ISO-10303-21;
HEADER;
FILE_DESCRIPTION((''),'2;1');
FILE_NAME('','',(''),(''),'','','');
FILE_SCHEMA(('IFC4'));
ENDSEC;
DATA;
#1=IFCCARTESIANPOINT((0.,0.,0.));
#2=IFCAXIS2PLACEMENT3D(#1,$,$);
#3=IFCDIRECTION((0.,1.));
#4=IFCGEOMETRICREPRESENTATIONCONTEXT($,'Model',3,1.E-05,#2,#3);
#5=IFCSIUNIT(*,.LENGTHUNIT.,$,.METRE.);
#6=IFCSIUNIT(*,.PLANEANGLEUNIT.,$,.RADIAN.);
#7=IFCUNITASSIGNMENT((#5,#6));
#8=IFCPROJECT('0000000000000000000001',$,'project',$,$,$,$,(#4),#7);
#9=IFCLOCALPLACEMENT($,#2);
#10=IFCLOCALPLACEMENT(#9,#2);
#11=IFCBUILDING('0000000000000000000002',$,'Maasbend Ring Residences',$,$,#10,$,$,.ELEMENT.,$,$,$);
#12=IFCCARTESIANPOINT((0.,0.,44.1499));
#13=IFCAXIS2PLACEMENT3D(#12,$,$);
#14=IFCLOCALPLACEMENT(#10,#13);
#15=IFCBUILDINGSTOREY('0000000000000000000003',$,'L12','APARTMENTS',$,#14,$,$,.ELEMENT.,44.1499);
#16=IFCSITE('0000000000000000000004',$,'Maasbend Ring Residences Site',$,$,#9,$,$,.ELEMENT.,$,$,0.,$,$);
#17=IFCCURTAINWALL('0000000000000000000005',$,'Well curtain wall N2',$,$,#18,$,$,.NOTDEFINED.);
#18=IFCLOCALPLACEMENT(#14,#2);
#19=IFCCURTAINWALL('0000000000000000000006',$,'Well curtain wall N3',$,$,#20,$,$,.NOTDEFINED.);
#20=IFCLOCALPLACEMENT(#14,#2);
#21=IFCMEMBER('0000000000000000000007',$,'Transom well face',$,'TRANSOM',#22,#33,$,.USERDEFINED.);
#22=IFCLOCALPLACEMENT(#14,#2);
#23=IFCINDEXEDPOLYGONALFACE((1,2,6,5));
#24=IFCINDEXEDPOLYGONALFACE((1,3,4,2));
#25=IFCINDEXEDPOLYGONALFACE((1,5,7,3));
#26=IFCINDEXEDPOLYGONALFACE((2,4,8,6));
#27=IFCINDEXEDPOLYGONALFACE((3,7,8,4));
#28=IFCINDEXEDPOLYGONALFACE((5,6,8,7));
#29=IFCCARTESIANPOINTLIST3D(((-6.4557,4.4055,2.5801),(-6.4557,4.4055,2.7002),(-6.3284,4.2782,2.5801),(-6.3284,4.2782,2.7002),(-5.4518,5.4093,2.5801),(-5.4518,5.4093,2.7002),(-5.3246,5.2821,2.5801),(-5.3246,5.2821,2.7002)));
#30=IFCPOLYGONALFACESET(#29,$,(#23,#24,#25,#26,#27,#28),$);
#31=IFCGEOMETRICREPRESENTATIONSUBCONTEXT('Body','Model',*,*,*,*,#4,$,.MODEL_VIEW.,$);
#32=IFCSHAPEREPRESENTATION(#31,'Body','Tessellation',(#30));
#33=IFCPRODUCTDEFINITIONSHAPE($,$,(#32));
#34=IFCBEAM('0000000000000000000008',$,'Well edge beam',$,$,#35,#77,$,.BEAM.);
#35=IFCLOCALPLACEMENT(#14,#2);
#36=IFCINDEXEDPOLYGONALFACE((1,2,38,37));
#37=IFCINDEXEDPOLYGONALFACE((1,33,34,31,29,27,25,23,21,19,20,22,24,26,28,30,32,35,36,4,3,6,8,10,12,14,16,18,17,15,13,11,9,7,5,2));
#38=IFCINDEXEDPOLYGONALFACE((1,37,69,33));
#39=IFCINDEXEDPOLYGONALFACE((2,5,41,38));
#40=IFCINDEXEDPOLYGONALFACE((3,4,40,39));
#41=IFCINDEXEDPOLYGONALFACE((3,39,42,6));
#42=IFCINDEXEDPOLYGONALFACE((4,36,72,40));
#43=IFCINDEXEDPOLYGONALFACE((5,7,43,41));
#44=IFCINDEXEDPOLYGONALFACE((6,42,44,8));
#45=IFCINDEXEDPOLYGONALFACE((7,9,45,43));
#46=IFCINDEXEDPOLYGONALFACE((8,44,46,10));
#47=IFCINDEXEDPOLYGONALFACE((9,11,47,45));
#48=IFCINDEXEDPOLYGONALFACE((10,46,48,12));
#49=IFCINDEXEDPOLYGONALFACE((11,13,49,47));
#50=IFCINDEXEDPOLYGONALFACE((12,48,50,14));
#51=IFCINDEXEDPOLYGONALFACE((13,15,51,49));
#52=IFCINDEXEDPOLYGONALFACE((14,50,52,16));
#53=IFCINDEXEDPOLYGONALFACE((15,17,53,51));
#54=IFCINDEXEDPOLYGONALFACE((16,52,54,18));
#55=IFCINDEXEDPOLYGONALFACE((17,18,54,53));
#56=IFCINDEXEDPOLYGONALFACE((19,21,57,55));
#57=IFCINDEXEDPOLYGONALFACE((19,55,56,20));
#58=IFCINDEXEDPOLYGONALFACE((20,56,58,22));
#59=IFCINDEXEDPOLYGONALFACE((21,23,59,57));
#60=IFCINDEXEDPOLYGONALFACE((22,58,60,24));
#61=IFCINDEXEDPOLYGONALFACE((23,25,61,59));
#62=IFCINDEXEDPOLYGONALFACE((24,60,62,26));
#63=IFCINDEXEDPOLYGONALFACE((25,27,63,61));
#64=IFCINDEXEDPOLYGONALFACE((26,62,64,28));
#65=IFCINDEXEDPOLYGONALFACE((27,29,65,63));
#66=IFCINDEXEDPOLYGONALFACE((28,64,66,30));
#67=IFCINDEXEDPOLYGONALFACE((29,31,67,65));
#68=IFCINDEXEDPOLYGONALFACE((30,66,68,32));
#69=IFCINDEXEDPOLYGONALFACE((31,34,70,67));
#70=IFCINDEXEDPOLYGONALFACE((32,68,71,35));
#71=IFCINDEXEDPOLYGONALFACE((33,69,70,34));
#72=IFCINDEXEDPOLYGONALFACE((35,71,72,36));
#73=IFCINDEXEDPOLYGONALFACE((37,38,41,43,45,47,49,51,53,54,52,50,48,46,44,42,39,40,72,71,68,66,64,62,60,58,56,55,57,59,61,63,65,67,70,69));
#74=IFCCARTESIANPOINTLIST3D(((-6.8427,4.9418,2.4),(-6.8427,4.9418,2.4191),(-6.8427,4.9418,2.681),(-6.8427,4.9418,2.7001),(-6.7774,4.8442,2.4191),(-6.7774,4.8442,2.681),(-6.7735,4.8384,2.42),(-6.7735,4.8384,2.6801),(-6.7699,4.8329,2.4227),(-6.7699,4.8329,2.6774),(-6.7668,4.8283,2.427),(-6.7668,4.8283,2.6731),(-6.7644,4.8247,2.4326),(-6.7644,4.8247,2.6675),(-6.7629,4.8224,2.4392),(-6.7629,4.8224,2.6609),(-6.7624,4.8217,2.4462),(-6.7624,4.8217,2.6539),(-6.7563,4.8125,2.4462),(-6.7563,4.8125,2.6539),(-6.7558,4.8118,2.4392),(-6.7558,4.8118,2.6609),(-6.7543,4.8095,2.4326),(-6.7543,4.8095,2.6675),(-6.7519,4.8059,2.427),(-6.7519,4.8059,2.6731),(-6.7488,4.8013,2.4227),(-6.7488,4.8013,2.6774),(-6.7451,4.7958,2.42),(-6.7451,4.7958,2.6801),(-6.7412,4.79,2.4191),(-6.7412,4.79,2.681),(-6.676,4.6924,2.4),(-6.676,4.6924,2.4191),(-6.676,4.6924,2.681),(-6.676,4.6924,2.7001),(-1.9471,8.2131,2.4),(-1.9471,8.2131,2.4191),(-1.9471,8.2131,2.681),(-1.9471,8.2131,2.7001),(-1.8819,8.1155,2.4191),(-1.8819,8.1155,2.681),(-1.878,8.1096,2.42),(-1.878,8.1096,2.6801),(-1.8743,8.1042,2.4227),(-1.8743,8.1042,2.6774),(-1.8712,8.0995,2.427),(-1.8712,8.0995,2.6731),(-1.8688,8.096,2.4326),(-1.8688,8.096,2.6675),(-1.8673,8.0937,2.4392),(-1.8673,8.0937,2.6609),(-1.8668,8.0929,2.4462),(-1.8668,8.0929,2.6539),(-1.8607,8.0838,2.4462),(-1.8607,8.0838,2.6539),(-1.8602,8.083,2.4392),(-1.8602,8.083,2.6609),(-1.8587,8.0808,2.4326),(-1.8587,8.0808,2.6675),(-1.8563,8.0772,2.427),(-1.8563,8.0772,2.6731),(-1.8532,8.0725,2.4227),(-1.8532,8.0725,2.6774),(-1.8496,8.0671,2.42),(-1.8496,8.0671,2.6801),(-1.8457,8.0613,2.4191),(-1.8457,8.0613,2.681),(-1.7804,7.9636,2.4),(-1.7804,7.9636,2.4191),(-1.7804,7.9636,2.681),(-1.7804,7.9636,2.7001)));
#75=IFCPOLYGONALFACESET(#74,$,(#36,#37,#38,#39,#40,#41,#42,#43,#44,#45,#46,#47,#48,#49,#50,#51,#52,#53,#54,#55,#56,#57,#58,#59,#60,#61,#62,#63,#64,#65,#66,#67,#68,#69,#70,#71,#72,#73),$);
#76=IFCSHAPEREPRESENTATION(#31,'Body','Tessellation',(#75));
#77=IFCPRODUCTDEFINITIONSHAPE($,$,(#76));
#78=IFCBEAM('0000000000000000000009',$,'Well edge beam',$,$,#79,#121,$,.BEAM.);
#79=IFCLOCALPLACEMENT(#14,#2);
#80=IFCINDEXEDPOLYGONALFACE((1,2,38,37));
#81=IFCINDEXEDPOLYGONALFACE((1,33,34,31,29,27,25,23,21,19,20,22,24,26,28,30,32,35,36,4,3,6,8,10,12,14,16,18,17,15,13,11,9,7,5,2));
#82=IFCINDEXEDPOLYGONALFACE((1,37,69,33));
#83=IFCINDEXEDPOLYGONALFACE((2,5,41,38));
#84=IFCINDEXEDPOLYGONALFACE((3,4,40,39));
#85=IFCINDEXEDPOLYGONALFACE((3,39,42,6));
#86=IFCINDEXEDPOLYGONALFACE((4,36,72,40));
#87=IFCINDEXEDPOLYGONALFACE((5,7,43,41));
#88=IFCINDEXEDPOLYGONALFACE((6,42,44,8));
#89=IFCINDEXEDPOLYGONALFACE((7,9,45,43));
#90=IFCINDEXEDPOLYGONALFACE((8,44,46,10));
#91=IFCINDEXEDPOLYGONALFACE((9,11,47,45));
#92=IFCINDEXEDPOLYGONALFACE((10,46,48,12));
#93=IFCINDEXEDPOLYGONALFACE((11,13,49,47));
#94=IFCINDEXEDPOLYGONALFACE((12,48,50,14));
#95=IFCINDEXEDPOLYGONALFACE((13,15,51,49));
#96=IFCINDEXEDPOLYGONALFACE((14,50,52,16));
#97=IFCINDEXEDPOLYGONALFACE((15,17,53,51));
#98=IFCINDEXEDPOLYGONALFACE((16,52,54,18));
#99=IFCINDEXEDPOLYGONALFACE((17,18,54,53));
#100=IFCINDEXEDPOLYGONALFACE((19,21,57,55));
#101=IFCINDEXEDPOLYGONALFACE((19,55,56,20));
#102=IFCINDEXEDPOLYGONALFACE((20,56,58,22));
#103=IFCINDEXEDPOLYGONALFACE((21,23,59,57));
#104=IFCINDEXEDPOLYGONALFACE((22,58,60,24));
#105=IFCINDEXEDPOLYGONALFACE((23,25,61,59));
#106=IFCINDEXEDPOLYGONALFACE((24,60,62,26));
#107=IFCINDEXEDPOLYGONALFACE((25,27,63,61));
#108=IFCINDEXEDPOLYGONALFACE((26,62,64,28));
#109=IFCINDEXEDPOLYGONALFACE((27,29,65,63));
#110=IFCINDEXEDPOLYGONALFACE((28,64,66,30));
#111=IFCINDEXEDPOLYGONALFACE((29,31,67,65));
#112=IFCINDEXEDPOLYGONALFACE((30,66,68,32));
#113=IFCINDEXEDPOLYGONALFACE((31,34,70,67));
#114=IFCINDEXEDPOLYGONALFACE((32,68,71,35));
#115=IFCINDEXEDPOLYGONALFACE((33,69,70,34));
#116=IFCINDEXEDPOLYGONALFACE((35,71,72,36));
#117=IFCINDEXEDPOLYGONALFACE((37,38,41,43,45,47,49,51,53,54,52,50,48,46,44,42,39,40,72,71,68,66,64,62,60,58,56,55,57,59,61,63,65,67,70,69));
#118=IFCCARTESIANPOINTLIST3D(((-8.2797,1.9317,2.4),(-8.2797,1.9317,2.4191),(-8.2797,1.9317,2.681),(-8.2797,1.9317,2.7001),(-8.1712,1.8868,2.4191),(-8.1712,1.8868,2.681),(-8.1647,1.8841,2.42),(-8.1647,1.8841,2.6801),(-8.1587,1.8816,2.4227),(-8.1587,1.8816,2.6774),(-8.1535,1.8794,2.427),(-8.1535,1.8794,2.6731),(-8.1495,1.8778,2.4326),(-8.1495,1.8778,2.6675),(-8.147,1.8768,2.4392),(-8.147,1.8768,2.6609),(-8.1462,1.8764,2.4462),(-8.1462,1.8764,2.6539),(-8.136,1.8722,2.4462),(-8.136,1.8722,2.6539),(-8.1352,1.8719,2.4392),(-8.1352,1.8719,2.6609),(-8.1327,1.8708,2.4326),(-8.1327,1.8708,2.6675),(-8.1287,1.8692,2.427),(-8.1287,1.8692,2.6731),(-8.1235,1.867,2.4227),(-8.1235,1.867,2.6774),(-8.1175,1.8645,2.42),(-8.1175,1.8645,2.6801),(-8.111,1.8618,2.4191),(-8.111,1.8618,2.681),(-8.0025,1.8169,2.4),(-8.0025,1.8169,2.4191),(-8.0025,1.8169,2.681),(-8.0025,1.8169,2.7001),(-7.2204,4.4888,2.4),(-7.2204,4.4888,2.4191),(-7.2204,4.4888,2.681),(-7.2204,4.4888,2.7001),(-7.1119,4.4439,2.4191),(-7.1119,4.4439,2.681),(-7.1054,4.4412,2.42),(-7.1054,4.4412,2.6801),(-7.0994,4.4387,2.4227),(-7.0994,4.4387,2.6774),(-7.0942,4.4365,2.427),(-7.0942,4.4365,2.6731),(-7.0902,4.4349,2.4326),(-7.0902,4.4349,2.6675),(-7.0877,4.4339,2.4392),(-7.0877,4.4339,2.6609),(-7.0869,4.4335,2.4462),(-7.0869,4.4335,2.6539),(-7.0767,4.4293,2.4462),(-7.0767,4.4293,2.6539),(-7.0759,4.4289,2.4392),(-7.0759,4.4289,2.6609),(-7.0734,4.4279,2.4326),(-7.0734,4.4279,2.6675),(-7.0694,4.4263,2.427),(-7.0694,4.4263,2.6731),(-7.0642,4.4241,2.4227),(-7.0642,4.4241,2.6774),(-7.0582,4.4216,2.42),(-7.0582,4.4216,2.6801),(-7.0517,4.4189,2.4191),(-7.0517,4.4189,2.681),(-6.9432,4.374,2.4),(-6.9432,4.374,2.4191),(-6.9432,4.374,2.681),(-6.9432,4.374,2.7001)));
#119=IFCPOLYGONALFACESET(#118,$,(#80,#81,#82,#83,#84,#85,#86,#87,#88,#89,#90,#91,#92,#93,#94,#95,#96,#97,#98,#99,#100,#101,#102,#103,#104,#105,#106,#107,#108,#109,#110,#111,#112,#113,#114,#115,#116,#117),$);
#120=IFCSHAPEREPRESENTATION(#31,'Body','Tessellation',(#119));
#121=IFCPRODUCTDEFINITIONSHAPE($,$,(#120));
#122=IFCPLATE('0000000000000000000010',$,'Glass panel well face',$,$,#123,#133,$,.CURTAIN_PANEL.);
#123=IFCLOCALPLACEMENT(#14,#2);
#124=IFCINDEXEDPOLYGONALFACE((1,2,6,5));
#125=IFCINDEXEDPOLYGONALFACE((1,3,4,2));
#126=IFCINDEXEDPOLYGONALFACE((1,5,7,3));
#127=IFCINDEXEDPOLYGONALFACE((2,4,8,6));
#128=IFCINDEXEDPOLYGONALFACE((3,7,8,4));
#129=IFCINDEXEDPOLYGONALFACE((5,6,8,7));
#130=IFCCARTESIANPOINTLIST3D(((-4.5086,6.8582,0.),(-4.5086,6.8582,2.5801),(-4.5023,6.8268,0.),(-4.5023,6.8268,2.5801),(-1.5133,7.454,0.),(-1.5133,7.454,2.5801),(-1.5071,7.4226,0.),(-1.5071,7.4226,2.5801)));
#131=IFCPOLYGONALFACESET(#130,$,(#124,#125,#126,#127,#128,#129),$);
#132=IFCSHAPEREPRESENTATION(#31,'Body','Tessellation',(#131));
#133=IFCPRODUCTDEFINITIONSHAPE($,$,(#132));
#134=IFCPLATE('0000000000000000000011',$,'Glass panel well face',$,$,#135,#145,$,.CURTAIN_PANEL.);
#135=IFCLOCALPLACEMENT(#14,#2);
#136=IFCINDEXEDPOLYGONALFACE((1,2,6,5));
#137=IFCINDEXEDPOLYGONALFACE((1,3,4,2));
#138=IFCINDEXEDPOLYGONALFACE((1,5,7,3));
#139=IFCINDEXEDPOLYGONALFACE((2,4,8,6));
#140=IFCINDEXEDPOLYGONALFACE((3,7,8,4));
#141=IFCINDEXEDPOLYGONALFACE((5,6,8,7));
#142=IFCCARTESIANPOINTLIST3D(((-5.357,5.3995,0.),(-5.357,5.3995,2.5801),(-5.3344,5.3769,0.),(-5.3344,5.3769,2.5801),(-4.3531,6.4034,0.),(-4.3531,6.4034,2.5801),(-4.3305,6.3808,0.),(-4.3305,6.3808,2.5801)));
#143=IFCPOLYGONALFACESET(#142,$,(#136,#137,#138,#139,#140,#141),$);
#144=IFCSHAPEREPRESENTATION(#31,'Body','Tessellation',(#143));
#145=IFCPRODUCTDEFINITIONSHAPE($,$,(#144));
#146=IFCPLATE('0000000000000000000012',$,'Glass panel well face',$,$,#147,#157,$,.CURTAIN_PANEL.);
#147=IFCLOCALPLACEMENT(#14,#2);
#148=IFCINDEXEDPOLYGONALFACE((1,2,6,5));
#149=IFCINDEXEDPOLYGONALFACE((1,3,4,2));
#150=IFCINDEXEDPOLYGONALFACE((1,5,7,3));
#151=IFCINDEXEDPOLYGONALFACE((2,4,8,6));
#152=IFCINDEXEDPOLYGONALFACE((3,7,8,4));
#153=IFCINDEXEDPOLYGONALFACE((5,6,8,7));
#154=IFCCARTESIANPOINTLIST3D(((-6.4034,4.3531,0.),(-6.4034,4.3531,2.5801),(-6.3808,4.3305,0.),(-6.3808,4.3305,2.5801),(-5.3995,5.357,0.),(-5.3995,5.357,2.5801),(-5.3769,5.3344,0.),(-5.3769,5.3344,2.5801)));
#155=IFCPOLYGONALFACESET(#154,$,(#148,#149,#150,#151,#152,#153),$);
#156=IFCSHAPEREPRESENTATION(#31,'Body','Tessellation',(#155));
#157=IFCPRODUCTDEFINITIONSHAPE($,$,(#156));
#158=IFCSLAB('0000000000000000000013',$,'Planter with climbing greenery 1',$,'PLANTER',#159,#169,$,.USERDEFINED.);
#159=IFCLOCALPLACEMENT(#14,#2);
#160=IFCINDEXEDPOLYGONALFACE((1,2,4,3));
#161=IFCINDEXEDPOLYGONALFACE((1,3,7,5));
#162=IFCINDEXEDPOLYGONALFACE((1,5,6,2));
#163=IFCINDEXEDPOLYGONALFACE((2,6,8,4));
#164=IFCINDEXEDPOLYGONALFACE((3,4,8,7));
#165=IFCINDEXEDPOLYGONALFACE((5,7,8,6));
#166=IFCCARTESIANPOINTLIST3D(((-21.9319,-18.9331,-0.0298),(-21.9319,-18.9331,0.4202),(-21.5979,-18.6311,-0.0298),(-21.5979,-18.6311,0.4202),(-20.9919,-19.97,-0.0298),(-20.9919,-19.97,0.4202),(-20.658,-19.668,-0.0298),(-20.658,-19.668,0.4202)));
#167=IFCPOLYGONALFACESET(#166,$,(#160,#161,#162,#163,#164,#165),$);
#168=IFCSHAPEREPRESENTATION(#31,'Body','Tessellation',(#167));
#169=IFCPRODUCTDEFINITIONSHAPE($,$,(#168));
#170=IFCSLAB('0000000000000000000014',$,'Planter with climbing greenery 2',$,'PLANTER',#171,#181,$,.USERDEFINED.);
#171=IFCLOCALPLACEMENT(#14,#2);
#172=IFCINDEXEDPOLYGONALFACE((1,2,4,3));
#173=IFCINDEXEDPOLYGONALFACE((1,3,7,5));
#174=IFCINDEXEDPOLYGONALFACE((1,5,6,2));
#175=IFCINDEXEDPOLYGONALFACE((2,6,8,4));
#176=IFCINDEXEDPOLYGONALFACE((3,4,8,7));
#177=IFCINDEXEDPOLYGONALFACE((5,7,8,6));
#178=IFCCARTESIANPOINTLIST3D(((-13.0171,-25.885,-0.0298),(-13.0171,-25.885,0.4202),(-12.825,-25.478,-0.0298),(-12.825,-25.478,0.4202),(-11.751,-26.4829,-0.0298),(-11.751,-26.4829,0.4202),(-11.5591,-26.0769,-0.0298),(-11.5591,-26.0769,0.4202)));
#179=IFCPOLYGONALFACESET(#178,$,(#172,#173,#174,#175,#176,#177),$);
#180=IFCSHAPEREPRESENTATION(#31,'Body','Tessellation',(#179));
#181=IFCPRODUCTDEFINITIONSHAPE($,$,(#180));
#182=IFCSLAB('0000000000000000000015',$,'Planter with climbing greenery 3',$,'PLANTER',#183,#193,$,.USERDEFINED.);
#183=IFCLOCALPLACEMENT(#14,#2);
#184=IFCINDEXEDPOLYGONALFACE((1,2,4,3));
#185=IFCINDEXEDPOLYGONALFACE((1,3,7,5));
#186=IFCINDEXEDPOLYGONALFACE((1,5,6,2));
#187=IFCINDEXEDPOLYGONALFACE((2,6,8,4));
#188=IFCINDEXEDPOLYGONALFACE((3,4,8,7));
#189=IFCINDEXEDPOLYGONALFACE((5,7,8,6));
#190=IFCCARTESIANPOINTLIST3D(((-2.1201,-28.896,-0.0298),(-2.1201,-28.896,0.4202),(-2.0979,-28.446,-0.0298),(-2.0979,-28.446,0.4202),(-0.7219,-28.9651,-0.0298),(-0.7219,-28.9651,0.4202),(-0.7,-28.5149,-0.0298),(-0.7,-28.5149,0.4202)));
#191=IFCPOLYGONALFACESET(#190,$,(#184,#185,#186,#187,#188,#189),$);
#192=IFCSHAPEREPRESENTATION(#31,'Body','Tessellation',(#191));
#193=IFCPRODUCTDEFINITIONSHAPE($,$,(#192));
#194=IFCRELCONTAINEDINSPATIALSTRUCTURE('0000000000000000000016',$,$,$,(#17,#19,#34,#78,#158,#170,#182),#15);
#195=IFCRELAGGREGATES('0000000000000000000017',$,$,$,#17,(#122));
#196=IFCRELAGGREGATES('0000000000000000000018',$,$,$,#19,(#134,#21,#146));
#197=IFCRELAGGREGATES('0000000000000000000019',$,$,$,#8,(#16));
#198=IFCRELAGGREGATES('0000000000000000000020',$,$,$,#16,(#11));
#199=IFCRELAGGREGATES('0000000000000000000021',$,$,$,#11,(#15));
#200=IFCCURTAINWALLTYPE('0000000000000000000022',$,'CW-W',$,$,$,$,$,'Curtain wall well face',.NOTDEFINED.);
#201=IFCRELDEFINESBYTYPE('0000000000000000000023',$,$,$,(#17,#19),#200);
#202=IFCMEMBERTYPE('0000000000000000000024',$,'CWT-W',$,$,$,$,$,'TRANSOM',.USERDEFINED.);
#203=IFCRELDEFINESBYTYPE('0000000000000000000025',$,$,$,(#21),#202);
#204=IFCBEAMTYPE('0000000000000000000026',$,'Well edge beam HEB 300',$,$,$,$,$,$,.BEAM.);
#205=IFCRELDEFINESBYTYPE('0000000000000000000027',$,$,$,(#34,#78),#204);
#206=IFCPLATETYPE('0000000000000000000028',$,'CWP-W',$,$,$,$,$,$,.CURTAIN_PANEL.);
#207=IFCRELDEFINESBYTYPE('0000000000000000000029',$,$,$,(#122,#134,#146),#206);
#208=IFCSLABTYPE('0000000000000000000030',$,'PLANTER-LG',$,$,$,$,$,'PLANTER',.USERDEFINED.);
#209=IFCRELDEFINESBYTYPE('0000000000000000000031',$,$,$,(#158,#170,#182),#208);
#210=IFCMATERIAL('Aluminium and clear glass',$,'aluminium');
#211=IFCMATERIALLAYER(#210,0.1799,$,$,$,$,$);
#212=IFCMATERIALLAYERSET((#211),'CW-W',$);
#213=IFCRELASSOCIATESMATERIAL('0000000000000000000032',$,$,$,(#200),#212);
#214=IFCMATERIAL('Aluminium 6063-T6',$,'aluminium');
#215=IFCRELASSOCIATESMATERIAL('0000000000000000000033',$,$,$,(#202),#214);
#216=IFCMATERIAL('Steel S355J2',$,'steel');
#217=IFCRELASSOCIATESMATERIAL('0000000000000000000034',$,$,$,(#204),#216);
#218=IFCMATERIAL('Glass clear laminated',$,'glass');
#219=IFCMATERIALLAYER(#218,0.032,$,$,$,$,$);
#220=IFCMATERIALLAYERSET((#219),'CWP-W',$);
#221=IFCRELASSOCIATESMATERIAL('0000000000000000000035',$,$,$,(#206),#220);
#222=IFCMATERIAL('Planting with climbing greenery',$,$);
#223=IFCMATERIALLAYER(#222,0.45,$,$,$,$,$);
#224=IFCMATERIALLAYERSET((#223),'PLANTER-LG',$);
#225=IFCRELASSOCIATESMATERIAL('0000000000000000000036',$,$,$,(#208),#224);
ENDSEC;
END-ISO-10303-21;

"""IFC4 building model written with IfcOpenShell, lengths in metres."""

from ifc_helpers import new_model, si_unit, direction, frame, origin, origin_2d, place, context, subcontext, project, spatial, polyline, rectangle, i_section, outline, extrude, material, layer, layer_set, material_profile, profile_set, type_object, element, aggregate, save


model = new_model("IFC4")

# Units and contexts
model_context = context("Model", 3, precision=1e-05, world=origin(), true_north=direction((0.0, 1.0)))
body_context = subcontext(model_context, "Body", "Model", "MODEL_VIEW")
ifc_project = project(units=[si_unit("LENGTHUNIT", "METRE"), si_unit("PLANEANGLEUNIT", "RADIAN")], contexts=[model_context])

# Site, building, storey
site_placement = place(None, origin())
site = spatial("IfcSite", under=ifc_project, at=site_placement, Name="Maasbend Ring Residences Site", CompositionType="ELEMENT", RefElevation=0.0)
building_placement = place(site_placement, origin())
building = spatial("IfcBuilding", under=site, at=building_placement, Name="Maasbend Ring Residences", CompositionType="ELEMENT")
storey_placement = place(building_placement, frame((0.0, 0.0, 44.1499)))
storey = spatial("IfcBuildingStorey", under=building, at=storey_placement, Name="L12", Description="APARTMENTS", CompositionType="ELEMENT", Elevation=44.1499)

# Curtain walls
ifc_material_1 = material(Name="Aluminium and clear glass", Category="aluminium")
ifc_layer_1 = layer(ifc_material_1, 0.1799)
ifc_layer_set_1 = layer_set([ifc_layer_1], Name="CW-W")
curtain_wall_type = type_object("IfcCurtainWallType", Name="CW-W", ElementType="Curtain wall well face", PredefinedType="NOTDEFINED", material=ifc_layer_set_1)
curtain_wall_1_placement = place(storey_placement, origin())
curtain_wall_1 = element("IfcCurtainWall", 1, at=curtain_wall_1_placement, inside=storey, type_object=curtain_wall_type, Name="Well curtain wall N2", PredefinedType="NOTDEFINED")
curtain_wall_2_placement = place(storey_placement, origin())
curtain_wall_2 = element("IfcCurtainWall", 2, at=curtain_wall_2_placement, inside=storey, type_object=curtain_wall_type, Name="Well curtain wall N3", PredefinedType="NOTDEFINED")

# Member
ifc_material_2 = material(Name="Aluminium 6063-T6", Category="aluminium")
ifc_material_profile_1 = material_profile(ifc_material_2, rectangle(XDim=0.1799, YDim=0.1201, at=origin_2d()), Name="AL 180x120")
ifc_profile_set_1 = profile_set([ifc_material_profile_1], Name="Aluminium 6063-T6")
member_type_1 = type_object("IfcMemberType", Name="CWT-W", ElementType="TRANSOM", PredefinedType="USERDEFINED", material=ifc_profile_set_1)
member_1_placement = place(storey_placement, frame((-5.3882, 5.3457, 2.6401), z_axis=(-0.707107, -0.707107, 0.0), x_axis=(0.707107, -0.707107, 0.0)))
member_1 = element("IfcMember", 3, at=member_1_placement, type_object=member_type_1, Name="Transom well face", ObjectType="TRANSOM", PredefinedType="USERDEFINED", context=body_context, shape_type="SweptSolid", body=[
    extrude(rectangle(XDim=0.1799, YDim=0.1201, at=origin_2d()), origin(), (0.0, 0.0, 1.0), 1.4197),
])

# Beams
ifc_material_3 = material(Name="Steel S355J2", Category="steel")
ifc_material_profile_2 = material_profile(ifc_material_3, i_section(OverallWidth=0.3, OverallDepth=0.3, WebThickness=0.011, FlangeThickness=0.019, FilletRadius=0.0271, at=origin_2d()), Name="HEB 300")
ifc_profile_set_2 = profile_set([ifc_material_profile_2], Name="Steel S355J2")
beam_type = type_object("IfcBeamType", Name="Well edge beam HEB 300", PredefinedType="BEAM", material=ifc_profile_set_2)
beam_1_placement = place(storey_placement, frame((-1.8638, 8.0884, 2.55), z_axis=(-0.831457, -0.55559, 0.0), x_axis=(0.55559, -0.831457, 0.0)))
element("IfcBeam", 4, at=beam_1_placement, inside=storey, type_object=beam_type, Name="Well edge beam", PredefinedType="BEAM", context=body_context, shape_type="SweptSolid", body=[
    extrude(i_section(OverallWidth=0.3, OverallDepth=0.3, WebThickness=0.011, FlangeThickness=0.019, FilletRadius=0.0271, at=origin_2d()), origin(), (0.0, 0.0, 1.0), 5.8879),
])
beam_2_placement = place(storey_placement, frame((-7.0818, 4.4314, 2.55), z_axis=(-0.382723, -0.923863, 0.0), x_axis=(0.923863, -0.382723, 0.0)))
element("IfcBeam", 5, at=beam_2_placement, inside=storey, type_object=beam_type, Name="Well edge beam", PredefinedType="BEAM", context=body_context, shape_type="SweptSolid", body=[
    extrude(i_section(OverallWidth=0.3, OverallDepth=0.3, WebThickness=0.011, FlangeThickness=0.019, FilletRadius=0.0271, at=origin_2d()), origin(), (0.0, 0.0, 1.0), 2.7678),
])

# Plates
ifc_material_4 = material(Name="Glass clear laminated", Category="glass")
ifc_layer_2 = layer(ifc_material_4, 0.032)
ifc_layer_set_2 = layer_set([ifc_layer_2], Name="CWP-W")
plate_type = type_object("IfcPlateType", Name="CWP-W", PredefinedType="CURTAIN_PANEL", material=ifc_layer_set_2)
plate_1_placement = place(storey_placement, frame((-3.0078, 7.1404, 0.0), z_axis=(0.0, 0.0, 1.0), x_axis=(-0.980785, -0.19509, 0.0)))
plate_1 = element("IfcPlate", 6, at=plate_1_placement, type_object=plate_type, Name="Glass panel well face", PredefinedType="CURTAIN_PANEL", context=body_context, shape_type="SweptSolid", body=[
    extrude(rectangle(XDim=3.054, YDim=0.032, at=origin_2d()), origin(), (0.0, 0.0, 1.0), 2.5801),
])
aggregate(curtain_wall_1, [plate_1])
plate_2_placement = place(storey_placement, frame((-4.8438, 5.8901, 0.0), z_axis=(0.0, 0.0, 1.0), x_axis=(-0.707107, -0.707107, 0.0)))
plate_2 = element("IfcPlate", 7, at=plate_2_placement, type_object=plate_type, Name="Glass panel well face", PredefinedType="CURTAIN_PANEL", context=body_context, shape_type="SweptSolid", body=[
    extrude(rectangle(XDim=1.4197, YDim=0.032, at=origin_2d()), origin(), (0.0, 0.0, 1.0), 2.5801),
])
plate_3_placement = place(storey_placement, frame((-5.8901, 4.8438, 0.0), z_axis=(0.0, 0.0, 1.0), x_axis=(-0.707107, -0.707107, 0.0)))
plate_3 = element("IfcPlate", 8, at=plate_3_placement, type_object=plate_type, Name="Glass panel well face", PredefinedType="CURTAIN_PANEL", context=body_context, shape_type="SweptSolid", body=[
    extrude(rectangle(XDim=1.4197, YDim=0.032, at=origin_2d()), origin(), (0.0, 0.0, 1.0), 2.5801),
])
aggregate(curtain_wall_2, [plate_2, member_1, plate_3])

# Slabs
ifc_material_5 = material(Name="Planting with climbing greenery")
ifc_layer_3 = layer(ifc_material_5, 0.45)
ifc_layer_set_3 = layer_set([ifc_layer_3], Name="PLANTER-LG")
slab_type_1 = type_object("IfcSlabType", Name="PLANTER-LG", ElementType="PLANTER", PredefinedType="USERDEFINED", material=ifc_layer_set_3)
slab_1_placement = place(storey_placement, frame((0.0, 0.0, -0.0298)))
element("IfcSlab", 9, at=slab_1_placement, inside=storey, type_object=slab_type_1, Name="Planter with climbing greenery 1", ObjectType="PLANTER", PredefinedType="USERDEFINED", context=body_context, shape_type="SweptSolid", body=[
    extrude(outline(polyline([(-21.9319, -18.9331), (-20.9919, -19.97), (-20.658, -19.668), (-21.5979, -18.6311), (-21.9319, -18.9331)])), origin(), (0.0, 0.0, 1.0), 0.45),
])
slab_2_placement = place(storey_placement, frame((0.0, 0.0, -0.0298)))
element("IfcSlab", 10, at=slab_2_placement, inside=storey, type_object=slab_type_1, Name="Planter with climbing greenery 2", ObjectType="PLANTER", PredefinedType="USERDEFINED", context=body_context, shape_type="SweptSolid", body=[
    extrude(outline(polyline([(-13.0171, -25.885), (-11.751, -26.4829), (-11.5591, -26.0769), (-12.825, -25.478), (-13.0171, -25.885)])), origin(), (0.0, 0.0, 1.0), 0.45),
])
slab_3_placement = place(storey_placement, frame((0.0, 0.0, -0.0298)))
element("IfcSlab", 11, at=slab_3_placement, inside=storey, type_object=slab_type_1, Name="Planter with climbing greenery 3", ObjectType="PLANTER", PredefinedType="USERDEFINED", context=body_context, shape_type="SweptSolid", body=[
    extrude(outline(polyline([(-2.1201, -28.896), (-0.7219, -28.9651), (-0.7, -28.5149), (-2.0979, -28.446), (-2.1201, -28.896)])), origin(), (0.0, 0.0, 1.0), 0.45),
])

save(model, "model.ifc")
